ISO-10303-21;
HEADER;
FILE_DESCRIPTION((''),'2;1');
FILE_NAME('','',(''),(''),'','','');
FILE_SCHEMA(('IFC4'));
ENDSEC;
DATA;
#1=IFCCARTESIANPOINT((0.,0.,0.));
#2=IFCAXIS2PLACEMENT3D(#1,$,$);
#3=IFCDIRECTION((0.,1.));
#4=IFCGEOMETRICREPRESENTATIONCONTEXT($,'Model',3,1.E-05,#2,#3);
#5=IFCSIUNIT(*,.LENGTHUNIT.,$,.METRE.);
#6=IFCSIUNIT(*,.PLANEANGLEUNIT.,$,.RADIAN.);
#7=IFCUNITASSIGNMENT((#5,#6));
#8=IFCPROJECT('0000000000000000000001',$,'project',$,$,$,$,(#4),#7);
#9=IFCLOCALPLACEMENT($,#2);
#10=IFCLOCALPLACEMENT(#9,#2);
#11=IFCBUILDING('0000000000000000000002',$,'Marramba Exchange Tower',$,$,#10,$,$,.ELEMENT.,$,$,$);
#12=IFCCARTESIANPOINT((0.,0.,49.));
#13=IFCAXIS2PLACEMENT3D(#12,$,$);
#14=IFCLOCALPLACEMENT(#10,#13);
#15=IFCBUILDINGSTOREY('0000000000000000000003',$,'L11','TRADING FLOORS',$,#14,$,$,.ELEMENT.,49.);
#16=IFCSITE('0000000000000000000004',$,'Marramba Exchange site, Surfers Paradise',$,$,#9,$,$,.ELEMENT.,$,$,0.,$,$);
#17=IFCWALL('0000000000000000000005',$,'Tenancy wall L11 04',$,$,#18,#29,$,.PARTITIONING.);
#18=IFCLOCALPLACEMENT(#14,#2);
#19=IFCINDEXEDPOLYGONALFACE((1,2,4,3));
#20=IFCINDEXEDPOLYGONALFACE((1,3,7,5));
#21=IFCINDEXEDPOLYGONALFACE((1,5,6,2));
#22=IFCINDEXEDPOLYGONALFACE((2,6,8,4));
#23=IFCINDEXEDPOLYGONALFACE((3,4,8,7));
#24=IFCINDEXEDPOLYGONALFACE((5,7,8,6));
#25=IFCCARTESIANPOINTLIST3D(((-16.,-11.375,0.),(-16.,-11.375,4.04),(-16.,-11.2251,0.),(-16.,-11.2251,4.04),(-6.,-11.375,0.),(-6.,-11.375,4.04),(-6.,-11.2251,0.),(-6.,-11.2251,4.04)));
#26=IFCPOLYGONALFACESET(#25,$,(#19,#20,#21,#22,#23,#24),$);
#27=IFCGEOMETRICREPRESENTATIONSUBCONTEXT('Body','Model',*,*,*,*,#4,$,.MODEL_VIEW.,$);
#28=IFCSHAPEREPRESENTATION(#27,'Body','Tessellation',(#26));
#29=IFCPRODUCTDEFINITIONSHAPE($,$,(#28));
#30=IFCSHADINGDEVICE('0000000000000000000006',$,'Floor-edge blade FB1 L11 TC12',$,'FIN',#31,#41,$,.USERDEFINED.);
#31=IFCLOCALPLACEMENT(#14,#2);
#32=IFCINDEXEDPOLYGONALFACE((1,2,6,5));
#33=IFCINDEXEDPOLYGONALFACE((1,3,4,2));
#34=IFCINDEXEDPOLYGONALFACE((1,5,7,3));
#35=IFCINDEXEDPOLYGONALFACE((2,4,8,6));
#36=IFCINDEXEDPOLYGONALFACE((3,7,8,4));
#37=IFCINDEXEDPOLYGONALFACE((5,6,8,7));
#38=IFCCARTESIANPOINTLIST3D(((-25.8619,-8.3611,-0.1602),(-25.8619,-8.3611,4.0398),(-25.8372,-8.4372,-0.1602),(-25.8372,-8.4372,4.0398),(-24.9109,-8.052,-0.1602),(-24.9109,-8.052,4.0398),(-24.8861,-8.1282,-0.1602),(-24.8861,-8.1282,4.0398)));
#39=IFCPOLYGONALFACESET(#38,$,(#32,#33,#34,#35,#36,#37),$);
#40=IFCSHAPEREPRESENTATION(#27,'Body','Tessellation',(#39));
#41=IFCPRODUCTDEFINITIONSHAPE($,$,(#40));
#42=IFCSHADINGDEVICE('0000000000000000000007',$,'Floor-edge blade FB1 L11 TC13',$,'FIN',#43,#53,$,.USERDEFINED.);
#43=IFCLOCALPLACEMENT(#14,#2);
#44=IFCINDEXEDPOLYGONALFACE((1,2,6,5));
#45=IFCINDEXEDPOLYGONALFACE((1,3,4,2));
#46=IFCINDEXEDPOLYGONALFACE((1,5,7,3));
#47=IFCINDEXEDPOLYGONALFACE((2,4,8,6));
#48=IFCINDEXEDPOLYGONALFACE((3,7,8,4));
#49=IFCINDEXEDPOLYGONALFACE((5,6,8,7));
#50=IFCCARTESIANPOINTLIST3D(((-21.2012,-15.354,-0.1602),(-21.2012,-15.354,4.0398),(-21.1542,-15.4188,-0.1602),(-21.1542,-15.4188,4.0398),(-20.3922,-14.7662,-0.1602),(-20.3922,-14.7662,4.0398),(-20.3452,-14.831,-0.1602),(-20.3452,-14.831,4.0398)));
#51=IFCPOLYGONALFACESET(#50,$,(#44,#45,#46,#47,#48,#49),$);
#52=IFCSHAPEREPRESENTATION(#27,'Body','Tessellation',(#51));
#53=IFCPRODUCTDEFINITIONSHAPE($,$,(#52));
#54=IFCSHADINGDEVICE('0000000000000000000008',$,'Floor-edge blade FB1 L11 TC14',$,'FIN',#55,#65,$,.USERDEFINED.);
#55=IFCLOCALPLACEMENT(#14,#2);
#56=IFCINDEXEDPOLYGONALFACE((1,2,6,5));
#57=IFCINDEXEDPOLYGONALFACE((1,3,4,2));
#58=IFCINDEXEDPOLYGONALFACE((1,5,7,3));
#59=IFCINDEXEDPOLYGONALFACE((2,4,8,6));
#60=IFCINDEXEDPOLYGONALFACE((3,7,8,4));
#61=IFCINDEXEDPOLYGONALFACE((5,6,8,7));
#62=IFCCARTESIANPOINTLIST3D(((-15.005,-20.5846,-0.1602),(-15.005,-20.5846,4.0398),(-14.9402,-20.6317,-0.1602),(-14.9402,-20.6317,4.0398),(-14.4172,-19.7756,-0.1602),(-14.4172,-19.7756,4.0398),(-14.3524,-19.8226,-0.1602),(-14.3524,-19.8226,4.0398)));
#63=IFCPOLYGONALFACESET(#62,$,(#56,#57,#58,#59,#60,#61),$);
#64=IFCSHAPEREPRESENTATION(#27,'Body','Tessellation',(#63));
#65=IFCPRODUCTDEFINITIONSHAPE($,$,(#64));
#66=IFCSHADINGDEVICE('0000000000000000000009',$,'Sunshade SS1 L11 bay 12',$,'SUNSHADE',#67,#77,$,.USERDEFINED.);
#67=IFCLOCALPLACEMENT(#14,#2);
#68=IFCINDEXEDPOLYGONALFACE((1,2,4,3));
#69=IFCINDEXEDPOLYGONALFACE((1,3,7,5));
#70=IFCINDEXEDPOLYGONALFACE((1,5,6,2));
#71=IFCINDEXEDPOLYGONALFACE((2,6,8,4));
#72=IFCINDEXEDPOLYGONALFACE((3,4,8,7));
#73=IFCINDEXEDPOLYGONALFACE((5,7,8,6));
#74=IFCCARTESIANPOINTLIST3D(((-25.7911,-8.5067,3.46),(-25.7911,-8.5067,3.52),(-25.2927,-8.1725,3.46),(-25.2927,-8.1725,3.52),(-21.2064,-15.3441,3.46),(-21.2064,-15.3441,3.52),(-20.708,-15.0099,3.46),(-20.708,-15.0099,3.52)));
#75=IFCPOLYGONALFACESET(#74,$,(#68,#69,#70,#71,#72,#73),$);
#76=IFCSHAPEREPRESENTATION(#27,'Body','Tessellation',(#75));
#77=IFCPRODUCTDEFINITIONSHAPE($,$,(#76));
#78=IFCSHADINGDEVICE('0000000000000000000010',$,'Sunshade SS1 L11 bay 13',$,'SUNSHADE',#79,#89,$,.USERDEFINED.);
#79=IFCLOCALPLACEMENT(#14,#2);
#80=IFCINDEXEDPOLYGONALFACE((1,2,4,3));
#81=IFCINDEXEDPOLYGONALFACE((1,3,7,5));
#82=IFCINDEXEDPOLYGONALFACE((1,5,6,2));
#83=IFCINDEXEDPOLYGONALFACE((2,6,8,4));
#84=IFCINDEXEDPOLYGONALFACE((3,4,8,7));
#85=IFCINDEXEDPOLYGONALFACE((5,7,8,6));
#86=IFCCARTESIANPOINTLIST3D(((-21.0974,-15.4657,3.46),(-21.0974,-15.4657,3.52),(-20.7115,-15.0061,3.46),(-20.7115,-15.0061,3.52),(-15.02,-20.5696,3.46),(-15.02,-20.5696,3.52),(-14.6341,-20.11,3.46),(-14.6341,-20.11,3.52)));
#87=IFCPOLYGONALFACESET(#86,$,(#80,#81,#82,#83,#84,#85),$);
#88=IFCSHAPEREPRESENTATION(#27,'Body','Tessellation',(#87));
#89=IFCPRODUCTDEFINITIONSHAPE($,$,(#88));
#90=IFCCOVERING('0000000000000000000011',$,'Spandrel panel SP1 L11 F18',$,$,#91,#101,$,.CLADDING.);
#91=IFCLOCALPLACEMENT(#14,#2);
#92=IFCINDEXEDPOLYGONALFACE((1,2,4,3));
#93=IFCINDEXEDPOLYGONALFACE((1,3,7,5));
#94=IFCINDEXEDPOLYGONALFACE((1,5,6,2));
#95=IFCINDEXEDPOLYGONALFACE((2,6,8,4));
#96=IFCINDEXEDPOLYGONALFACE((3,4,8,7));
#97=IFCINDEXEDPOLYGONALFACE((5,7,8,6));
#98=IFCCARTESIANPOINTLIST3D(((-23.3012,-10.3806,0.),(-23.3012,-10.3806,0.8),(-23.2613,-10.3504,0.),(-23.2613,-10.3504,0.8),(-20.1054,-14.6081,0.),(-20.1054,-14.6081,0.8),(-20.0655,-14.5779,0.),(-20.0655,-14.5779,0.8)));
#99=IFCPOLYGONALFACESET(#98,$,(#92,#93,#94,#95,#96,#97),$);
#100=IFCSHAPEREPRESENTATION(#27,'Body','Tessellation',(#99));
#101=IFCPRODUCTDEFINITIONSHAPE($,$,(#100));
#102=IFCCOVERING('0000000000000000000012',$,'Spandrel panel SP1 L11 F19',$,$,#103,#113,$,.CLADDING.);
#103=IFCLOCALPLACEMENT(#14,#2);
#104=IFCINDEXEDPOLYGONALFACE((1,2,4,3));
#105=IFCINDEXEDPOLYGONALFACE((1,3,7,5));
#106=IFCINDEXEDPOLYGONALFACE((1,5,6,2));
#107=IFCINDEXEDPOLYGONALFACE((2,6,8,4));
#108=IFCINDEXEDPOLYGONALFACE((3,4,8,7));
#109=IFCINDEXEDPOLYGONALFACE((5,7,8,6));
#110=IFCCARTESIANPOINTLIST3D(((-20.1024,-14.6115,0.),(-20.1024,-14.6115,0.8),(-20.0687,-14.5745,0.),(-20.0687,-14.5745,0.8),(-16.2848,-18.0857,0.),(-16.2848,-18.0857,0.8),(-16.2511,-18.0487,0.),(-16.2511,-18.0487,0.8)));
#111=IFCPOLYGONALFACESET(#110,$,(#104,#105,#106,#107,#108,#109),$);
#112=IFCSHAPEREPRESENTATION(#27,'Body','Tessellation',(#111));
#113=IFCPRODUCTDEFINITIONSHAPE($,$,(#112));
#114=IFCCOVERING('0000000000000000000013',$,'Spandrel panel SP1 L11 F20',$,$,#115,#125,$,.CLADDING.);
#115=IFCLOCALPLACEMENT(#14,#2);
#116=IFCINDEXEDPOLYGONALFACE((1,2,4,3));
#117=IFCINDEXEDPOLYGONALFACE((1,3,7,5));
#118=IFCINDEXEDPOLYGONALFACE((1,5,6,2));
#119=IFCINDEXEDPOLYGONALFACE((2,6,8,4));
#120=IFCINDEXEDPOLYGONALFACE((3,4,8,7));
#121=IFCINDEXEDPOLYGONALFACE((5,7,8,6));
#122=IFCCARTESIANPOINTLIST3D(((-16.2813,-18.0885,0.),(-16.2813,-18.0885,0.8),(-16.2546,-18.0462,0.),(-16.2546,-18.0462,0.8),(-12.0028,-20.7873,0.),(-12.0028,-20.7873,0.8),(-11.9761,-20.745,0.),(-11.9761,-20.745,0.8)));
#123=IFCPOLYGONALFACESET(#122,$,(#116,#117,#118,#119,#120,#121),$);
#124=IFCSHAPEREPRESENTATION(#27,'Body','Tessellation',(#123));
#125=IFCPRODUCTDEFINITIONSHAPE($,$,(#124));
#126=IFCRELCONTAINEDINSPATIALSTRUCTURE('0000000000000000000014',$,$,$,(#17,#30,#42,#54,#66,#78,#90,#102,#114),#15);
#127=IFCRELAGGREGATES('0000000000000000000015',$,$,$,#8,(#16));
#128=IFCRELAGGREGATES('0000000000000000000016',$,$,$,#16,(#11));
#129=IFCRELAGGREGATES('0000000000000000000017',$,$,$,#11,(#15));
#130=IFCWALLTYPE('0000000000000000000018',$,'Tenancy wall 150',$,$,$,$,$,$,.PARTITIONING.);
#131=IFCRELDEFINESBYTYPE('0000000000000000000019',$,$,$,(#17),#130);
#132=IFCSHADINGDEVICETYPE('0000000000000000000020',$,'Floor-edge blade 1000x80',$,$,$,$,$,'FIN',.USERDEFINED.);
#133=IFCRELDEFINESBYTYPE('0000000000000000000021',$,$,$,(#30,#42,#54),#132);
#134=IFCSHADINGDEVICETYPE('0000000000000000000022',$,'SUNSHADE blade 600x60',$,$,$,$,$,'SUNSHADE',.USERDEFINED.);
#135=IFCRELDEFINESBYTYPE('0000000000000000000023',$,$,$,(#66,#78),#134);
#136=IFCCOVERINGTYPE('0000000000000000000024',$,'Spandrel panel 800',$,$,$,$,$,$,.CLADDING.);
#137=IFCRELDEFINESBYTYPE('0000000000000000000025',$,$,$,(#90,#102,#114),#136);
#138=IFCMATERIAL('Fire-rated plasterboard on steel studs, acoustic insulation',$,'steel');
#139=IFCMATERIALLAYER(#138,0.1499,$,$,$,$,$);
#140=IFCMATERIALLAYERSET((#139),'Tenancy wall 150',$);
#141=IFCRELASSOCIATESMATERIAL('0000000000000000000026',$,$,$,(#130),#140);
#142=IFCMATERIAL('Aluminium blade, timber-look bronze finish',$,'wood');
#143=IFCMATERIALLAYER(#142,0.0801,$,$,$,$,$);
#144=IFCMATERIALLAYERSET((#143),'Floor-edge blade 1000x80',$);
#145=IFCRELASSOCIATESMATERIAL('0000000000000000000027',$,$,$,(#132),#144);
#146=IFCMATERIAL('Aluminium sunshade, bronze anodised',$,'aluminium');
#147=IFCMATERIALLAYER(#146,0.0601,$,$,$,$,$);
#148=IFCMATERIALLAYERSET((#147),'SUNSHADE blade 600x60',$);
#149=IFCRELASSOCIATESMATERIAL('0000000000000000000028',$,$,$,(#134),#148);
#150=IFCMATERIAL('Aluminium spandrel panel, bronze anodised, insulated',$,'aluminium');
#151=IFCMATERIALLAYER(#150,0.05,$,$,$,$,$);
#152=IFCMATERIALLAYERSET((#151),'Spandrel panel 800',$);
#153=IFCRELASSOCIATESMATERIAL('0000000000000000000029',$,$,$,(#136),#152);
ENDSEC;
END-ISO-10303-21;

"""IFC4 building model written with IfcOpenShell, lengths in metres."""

from ifc_helpers import new_model, si_unit, direction, frame, frame_2d, origin, origin_2d, place, context, subcontext, project, spatial, rectangle, extrude, material, layer, layer_set, type_object, element, save


model = new_model("IFC4")

# Units and contexts
model_context = context("Model", 3, precision=1e-05, world=origin(), true_north=direction((0.0, 1.0)))
body_context = subcontext(model_context, "Body", "Model", "MODEL_VIEW")
ifc_project = project(units=[si_unit("LENGTHUNIT", "METRE"), si_unit("PLANEANGLEUNIT", "RADIAN")], contexts=[model_context])

# Site, building, storey
site_placement = place(None, origin())
site = spatial("IfcSite", under=ifc_project, at=site_placement, Name="Marramba Exchange site, Surfers Paradise", CompositionType="ELEMENT", RefElevation=0.0)
building_placement = place(site_placement, origin())
building = spatial("IfcBuilding", under=site, at=building_placement, Name="Marramba Exchange Tower", CompositionType="ELEMENT")
storey_placement = place(building_placement, frame((0.0, 0.0, 49.0)))
storey = spatial("IfcBuildingStorey", under=building, at=storey_placement, Name="L11", Description="TRADING FLOORS", CompositionType="ELEMENT", Elevation=49.0)

# Wall
ifc_material_1 = material(Name="Fire-rated plasterboard on steel studs, acoustic insulation", Category="steel")
ifc_layer_1 = layer(ifc_material_1, 0.1499)
ifc_layer_set_1 = layer_set([ifc_layer_1], Name="Tenancy wall 150")
wall_type_1 = type_object("IfcWallType", Name="Tenancy wall 150", PredefinedType="PARTITIONING", material=ifc_layer_set_1)
wall_1_placement = place(storey_placement, frame((-16.0, -11.3, 0.0), z_axis=(0.0, 0.0, 1.0), x_axis=(1.0, 0.0, 0.0)))
element("IfcWall", 1, at=wall_1_placement, inside=storey, type_object=wall_type_1, Name="Tenancy wall L11 04", PredefinedType="PARTITIONING", context=body_context, shape_type="SweptSolid", body=[
    extrude(rectangle(XDim=10.0, YDim=0.1499, at=frame_2d((5.0, 0.0))), origin(), (0.0, 0.0, 1.0), 4.04),
])

# Shading devices
ifc_material_2 = material(Name="Aluminium blade, timber-look bronze finish", Category="wood")
ifc_layer_2 = layer(ifc_material_2, 0.0801)
ifc_layer_set_2 = layer_set([ifc_layer_2], Name="Floor-edge blade 1000x80")
shading_device_type_1 = type_object("IfcShadingDeviceType", Name="Floor-edge blade 1000x80", ElementType="FIN", PredefinedType="USERDEFINED", material=ifc_layer_set_2)
for number, where, z_axis, x_axis, name in (
    (2, (-25.374, -8.2446, -0.1602), (0.0, 0.0, 1.0), (-0.951057, -0.309017, 0.0), "Floor-edge blade FB1 L11 TC12"),
    (3, (-20.7732, -15.0925, -0.1602), (0.0, 0.0, 1.0), (-0.809017, -0.587785, 0.0), "Floor-edge blade FB1 L11 TC13"),
    (4, (-14.6787, -20.2036, -0.1602), (0.0, 0.0, 1.0), (-0.587785, -0.809017, 0.0), "Floor-edge blade FB1 L11 TC14"),
):
    element("IfcShadingDevice", number, at=place(storey_placement, frame(where, z_axis=z_axis, x_axis=x_axis)), inside=storey, type_object=shading_device_type_1, Name=name, ObjectType="FIN", PredefinedType="USERDEFINED", context=body_context, shape_type="SweptSolid", body=[
        extrude(rectangle(XDim=1.0, YDim=0.0801, at=origin_2d()), origin(), (0.0, 0.0, 1.0), 4.2),
    ])
ifc_material_3 = material(Name="Aluminium sunshade, bronze anodised", Category="aluminium")
ifc_layer_3 = layer(ifc_material_3, 0.0601)
ifc_layer_set_3 = layer_set([ifc_layer_3], Name="SUNSHADE blade 600x60")
shading_device_type_2 = type_object("IfcShadingDeviceType", Name="SUNSHADE blade 600x60", ElementType="SUNSHADE", PredefinedType="USERDEFINED", material=ifc_layer_set_3)
shading_device_1_placement = place(storey_placement, frame((-23.2495, -11.7583, 3.46), z_axis=(0.0, 0.0, 1.0), x_axis=(0.556924, -0.830563, 0.0)))
element("IfcShadingDevice", 5, at=shading_device_1_placement, inside=storey, type_object=shading_device_type_2, Name="Sunshade SS1 L11 bay 12", ObjectType="SUNSHADE", PredefinedType="USERDEFINED", context=body_context, shape_type="SweptSolid", body=[
    extrude(rectangle(XDim=8.2322, YDim=0.6001, at=origin_2d()), origin(), (0.0, 0.0, 1.0), 0.0601),
])
shading_device_2_placement = place(storey_placement, frame((-17.8657, -17.7878, 3.46), z_axis=(0.0, 0.0, 1.0), x_axis=(0.765776, -0.643107, 0.0)))
element("IfcShadingDevice", 6, at=shading_device_2_placement, inside=storey, type_object=shading_device_type_2, Name="Sunshade SS1 L11 bay 13", ObjectType="SUNSHADE", PredefinedType="USERDEFINED", context=body_context, shape_type="SweptSolid", body=[
    extrude(rectangle(XDim=7.9363, YDim=0.6001, at=origin_2d()), origin(), (0.0, 0.0, 1.0), 0.0601),
])

# Coverings
ifc_material_4 = material(Name="Aluminium spandrel panel, bronze anodised, insulated", Category="aluminium")
ifc_layer_4 = layer(ifc_material_4, 0.05)
ifc_layer_set_4 = layer_set([ifc_layer_4], Name="Spandrel panel 800")
covering_type = type_object("IfcCoveringType", Name="Spandrel panel 800", PredefinedType="CLADDING", material=ifc_layer_set_4)
covering_1_placement = place(storey_placement, frame((-21.6833, -12.4792, 0.0), z_axis=(0.0, 0.0, 1.0), x_axis=(0.60304, -0.797711, 0.0)))
element("IfcCovering", 7, at=covering_1_placement, inside=storey, type_object=covering_type, Name="Spandrel panel SP1 L11 F18", PredefinedType="CLADDING", context=body_context, shape_type="SweptSolid", body=[
    extrude(rectangle(XDim=5.2996, YDim=0.05, at=origin_2d()), origin(), (0.0, 0.0, 1.0), 0.8),
])
covering_2_placement = place(storey_placement, frame((-18.1768, -16.3301, 0.0), z_axis=(0.0, 0.0, 1.0), x_axis=(0.73959, -0.673058, 0.0)))
element("IfcCovering", 8, at=covering_2_placement, inside=storey, type_object=covering_type, Name="Spandrel panel SP1 L11 F19", PredefinedType="CLADDING", context=body_context, shape_type="SweptSolid", body=[
    extrude(rectangle(XDim=5.1619, YDim=0.05, at=origin_2d()), origin(), (0.0, 0.0, 1.0), 0.8),
])
covering_3_placement = place(storey_placement, frame((-14.1287, -19.4167, 0.0), z_axis=(0.0, 0.0, 1.0), x_axis=(0.845791, -0.533515, 0.0)))
element("IfcCovering", 9, at=covering_3_placement, inside=storey, type_object=covering_type, Name="Spandrel panel SP1 L11 F20", PredefinedType="CLADDING", context=body_context, shape_type="SweptSolid", body=[
    extrude(rectangle(XDim=5.0586, YDim=0.05, at=origin_2d()), origin(), (0.0, 0.0, 1.0), 0.8),
])

save(model, "model.ifc")
